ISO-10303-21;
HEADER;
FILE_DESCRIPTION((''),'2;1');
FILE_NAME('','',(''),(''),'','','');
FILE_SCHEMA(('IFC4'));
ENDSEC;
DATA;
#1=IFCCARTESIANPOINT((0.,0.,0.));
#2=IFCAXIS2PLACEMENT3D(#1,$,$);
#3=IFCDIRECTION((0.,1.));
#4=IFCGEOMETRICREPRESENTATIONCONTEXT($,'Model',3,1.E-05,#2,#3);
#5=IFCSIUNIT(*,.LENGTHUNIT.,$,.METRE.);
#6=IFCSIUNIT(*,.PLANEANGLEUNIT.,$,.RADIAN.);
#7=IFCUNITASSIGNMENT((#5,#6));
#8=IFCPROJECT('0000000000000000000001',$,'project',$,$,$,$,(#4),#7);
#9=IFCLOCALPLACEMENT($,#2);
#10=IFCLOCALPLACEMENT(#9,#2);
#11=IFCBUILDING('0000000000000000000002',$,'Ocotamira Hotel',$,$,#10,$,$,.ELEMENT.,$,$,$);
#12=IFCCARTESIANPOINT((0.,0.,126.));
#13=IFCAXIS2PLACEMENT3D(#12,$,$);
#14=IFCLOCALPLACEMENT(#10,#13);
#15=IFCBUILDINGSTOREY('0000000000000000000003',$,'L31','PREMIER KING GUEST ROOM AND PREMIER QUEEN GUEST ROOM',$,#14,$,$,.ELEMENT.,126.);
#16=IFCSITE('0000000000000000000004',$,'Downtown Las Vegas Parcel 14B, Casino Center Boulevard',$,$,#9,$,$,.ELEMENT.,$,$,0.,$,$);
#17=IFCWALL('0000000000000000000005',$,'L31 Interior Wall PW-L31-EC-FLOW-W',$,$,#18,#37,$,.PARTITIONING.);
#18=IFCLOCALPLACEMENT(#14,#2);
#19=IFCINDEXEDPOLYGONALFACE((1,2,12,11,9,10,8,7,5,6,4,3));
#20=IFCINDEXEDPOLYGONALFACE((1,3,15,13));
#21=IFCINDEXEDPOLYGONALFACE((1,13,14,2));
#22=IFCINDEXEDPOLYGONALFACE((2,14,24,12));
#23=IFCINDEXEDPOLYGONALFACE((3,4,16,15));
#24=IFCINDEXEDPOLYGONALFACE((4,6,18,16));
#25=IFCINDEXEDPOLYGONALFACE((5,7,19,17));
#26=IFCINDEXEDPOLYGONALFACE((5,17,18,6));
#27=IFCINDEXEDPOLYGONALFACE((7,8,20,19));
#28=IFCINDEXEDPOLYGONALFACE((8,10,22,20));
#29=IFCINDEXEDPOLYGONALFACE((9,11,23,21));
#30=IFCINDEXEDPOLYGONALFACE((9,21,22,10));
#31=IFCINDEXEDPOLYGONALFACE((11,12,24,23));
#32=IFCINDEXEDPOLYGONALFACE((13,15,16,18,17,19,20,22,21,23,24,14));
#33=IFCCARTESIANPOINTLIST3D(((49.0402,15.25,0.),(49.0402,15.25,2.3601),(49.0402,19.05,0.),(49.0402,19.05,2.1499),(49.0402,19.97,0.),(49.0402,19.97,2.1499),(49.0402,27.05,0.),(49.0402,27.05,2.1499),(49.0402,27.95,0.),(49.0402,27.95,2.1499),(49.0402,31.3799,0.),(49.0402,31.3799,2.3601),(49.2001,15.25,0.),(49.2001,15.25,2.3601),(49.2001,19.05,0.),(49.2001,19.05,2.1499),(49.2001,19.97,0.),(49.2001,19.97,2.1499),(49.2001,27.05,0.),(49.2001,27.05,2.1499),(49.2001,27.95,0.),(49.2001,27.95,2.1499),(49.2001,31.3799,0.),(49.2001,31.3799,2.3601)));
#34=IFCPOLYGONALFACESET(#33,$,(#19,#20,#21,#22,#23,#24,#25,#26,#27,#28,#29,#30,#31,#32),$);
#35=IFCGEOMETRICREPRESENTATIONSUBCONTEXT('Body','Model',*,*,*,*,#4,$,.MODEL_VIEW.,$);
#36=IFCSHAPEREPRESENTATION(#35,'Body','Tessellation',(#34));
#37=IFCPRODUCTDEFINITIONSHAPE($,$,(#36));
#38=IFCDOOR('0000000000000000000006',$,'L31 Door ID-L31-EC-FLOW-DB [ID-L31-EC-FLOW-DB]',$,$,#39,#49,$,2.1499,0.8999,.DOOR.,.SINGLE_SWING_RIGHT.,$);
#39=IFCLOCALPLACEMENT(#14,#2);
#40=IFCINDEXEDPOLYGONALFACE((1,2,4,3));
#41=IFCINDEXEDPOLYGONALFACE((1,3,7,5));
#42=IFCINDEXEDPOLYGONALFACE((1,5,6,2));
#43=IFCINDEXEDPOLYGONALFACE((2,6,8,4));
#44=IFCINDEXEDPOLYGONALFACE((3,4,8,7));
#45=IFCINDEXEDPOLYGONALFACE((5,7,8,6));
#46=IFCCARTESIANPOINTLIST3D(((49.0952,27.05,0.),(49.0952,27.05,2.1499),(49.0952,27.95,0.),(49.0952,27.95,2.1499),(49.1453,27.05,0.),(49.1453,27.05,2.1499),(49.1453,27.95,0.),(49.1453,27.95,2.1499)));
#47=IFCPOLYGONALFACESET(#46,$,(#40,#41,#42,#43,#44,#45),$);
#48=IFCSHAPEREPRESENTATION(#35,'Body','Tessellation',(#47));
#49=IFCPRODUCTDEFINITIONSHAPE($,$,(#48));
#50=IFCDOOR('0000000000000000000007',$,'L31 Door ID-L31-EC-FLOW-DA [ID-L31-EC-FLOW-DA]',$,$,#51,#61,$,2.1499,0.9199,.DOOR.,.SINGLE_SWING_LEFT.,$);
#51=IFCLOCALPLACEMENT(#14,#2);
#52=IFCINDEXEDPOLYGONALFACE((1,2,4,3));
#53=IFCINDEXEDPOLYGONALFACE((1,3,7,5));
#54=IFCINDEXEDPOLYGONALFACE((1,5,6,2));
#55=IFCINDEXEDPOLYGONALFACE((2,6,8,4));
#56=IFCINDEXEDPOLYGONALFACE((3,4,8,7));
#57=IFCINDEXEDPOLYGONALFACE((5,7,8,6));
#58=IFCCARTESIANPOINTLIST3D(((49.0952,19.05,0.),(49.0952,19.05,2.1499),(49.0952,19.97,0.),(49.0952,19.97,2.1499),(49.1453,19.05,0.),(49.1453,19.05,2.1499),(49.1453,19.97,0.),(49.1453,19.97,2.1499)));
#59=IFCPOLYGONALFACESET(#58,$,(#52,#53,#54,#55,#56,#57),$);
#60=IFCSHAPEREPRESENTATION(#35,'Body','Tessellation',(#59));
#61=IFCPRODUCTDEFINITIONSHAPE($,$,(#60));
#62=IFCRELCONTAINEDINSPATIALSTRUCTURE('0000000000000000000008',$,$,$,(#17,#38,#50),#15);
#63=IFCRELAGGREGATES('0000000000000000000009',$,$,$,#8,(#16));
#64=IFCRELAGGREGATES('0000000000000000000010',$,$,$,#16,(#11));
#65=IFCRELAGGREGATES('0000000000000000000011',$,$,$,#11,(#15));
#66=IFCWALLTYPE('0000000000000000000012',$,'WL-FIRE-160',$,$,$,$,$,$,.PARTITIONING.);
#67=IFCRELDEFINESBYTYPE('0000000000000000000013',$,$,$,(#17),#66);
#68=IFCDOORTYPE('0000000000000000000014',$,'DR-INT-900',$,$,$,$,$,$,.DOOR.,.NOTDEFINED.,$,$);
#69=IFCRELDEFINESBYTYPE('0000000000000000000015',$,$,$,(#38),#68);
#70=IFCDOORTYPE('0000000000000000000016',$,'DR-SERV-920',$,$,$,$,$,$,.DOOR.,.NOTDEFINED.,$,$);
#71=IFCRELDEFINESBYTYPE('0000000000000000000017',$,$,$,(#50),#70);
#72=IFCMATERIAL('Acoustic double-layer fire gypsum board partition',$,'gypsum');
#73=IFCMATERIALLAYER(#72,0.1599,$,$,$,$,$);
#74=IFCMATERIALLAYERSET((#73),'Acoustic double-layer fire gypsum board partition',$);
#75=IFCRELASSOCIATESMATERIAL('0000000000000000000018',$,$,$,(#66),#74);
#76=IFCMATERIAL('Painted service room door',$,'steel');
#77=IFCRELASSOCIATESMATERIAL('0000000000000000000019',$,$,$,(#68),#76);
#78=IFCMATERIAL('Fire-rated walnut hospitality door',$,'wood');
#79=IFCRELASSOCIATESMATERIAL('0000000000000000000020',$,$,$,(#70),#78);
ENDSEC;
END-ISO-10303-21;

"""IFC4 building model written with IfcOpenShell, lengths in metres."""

from ifc_helpers import new_model, si_unit, direction, frame, frame_2d, origin, place, context, subcontext, project, spatial, rectangle, extrude, source, transform, mapped, material, layer, layer_set, type_object, element, fill, save


model = new_model("IFC4")

# Units and contexts
model_context = context("Model", 3, precision=1e-05, world=origin(), true_north=direction((0.0, 1.0)))
body_context = subcontext(model_context, "Body", "Model", "MODEL_VIEW")
ifc_project = project(units=[si_unit("LENGTHUNIT", "METRE"), si_unit("PLANEANGLEUNIT", "RADIAN")], contexts=[model_context])

# Site, building, storey
site_placement = place(None, origin())
site = spatial("IfcSite", under=ifc_project, at=site_placement, Name="Downtown Las Vegas Parcel 14B, Casino Center Boulevard", CompositionType="ELEMENT", RefElevation=0.0)
building_placement = place(site_placement, origin())
building = spatial("IfcBuilding", under=site, at=building_placement, Name="Ocotamira Hotel", CompositionType="ELEMENT")
storey_placement = place(building_placement, frame((0.0, 0.0, 126.0)))
storey = spatial("IfcBuildingStorey", under=building, at=storey_placement, Name="L31", Description="PREMIER KING GUEST ROOM AND PREMIER QUEEN GUEST ROOM", CompositionType="ELEMENT", Elevation=126.0)

# Wall, openings, doors
ifc_material_1 = material(Name="Acoustic double-layer fire gypsum board partition", Category="gypsum")
ifc_layer_1 = layer(ifc_material_1, 0.1599)
ifc_layer_set_1 = layer_set([ifc_layer_1], Name="Acoustic double-layer fire gypsum board partition")
wall_type_1 = type_object("IfcWallType", Name="WL-FIRE-160", PredefinedType="PARTITIONING", material=ifc_layer_set_1)
wall_1_placement = place(storey_placement, frame((49.1201, 15.25, 0.0), z_axis=(0.0, 0.0, 1.0), x_axis=(0.0, 1.0, 0.0)))
wall_1 = element("IfcWall", 1, at=wall_1_placement, inside=storey, type_object=wall_type_1, Name="L31 Interior Wall PW-L31-EC-FLOW-W", PredefinedType="PARTITIONING", context=body_context, shape_type="SweptSolid", body=[
    extrude(rectangle(XDim=16.1299, YDim=0.1599, at=frame_2d((8.0649, 0.0))), origin(), (0.0, 0.0, 1.0), 2.3601),
])
opening_1_placement = place(wall_1_placement, frame((3.8, 0.0, 0.0)))
opening_1 = element("IfcOpeningElement", 2, at=opening_1_placement, cuts=wall_1, PredefinedType="OPENING", context=body_context, shape_type="SweptSolid", body=[
    extrude(rectangle(XDim=0.9199, YDim=2.1499, at=frame_2d((0.46, 1.075))), frame((0.0, 0.0898, 0.0), z_axis=(0.0, -1.0, 0.0), x_axis=(1.0, 0.0, 0.0)), (0.0, 0.0, 1.0), 0.1799),
])
opening_2_placement = place(wall_1_placement, frame((11.8, 0.0, 0.0)))
opening_2 = element("IfcOpeningElement", 3, at=opening_2_placement, cuts=wall_1, PredefinedType="OPENING", context=body_context, shape_type="SweptSolid", body=[
    extrude(rectangle(XDim=0.8999, YDim=2.1499, at=frame_2d((0.45, 1.075))), frame((0.0, 0.0898, 0.0), z_axis=(0.0, -1.0, 0.0), x_axis=(1.0, 0.0, 0.0)), (0.0, 0.0, 1.0), 0.1799),
])
ifc_material_2 = material(Name="Painted service room door", Category="steel")
door_type_1 = type_object("IfcDoorType", Name="DR-INT-900", OperationType="NOTDEFINED", PredefinedType="DOOR", material=ifc_material_2)
shared_shape_1 = source(origin(), body_context, "Body", "SweptSolid", [
    extrude(rectangle(XDim=0.8999, YDim=2.1499, at=frame_2d((0.45, 1.075))), frame((0.0, 0.0249, 0.0), z_axis=(0.0, -1.0, 0.0), x_axis=(1.0, 0.0, 0.0)), (0.0, 0.0, 1.0), 0.05),
])
door_1_placement = place(opening_2_placement, origin())
door_1 = element("IfcDoor", 4, at=door_1_placement, inside=storey, type_object=door_type_1, Name="L31 Door ID-L31-EC-FLOW-DB [ID-L31-EC-FLOW-DB]", OperationType="SINGLE_SWING_RIGHT", OverallHeight=2.1499, OverallWidth=0.8999, PredefinedType="DOOR", context=body_context, shape_type="MappedRepresentation", body=[
    mapped(shared_shape_1, transform((0.0, 0.0, 0.0), scale=1.0)),
])
fill(opening_2, door_1)
ifc_material_3 = material(Name="Fire-rated walnut hospitality door", Category="wood")
door_type_2 = type_object("IfcDoorType", Name="DR-SERV-920", OperationType="NOTDEFINED", PredefinedType="DOOR", material=ifc_material_3)
shared_shape_2 = source(origin(), body_context, "Body", "SweptSolid", [
    extrude(rectangle(XDim=0.9199, YDim=2.1499, at=frame_2d((0.46, 1.075))), frame((0.0, 0.0249, 0.0), z_axis=(0.0, -1.0, 0.0), x_axis=(1.0, 0.0, 0.0)), (0.0, 0.0, 1.0), 0.05),
])
door_2_placement = place(opening_1_placement, origin())
door_2 = element("IfcDoor", 5, at=door_2_placement, inside=storey, type_object=door_type_2, Name="L31 Door ID-L31-EC-FLOW-DA [ID-L31-EC-FLOW-DA]", OperationType="SINGLE_SWING_LEFT", OverallHeight=2.1499, OverallWidth=0.9199, PredefinedType="DOOR", context=body_context, shape_type="MappedRepresentation", body=[
    mapped(shared_shape_2, transform((0.0, 0.0, 0.0), scale=1.0)),
])
fill(opening_1, door_2)

save(model, "model.ifc")
